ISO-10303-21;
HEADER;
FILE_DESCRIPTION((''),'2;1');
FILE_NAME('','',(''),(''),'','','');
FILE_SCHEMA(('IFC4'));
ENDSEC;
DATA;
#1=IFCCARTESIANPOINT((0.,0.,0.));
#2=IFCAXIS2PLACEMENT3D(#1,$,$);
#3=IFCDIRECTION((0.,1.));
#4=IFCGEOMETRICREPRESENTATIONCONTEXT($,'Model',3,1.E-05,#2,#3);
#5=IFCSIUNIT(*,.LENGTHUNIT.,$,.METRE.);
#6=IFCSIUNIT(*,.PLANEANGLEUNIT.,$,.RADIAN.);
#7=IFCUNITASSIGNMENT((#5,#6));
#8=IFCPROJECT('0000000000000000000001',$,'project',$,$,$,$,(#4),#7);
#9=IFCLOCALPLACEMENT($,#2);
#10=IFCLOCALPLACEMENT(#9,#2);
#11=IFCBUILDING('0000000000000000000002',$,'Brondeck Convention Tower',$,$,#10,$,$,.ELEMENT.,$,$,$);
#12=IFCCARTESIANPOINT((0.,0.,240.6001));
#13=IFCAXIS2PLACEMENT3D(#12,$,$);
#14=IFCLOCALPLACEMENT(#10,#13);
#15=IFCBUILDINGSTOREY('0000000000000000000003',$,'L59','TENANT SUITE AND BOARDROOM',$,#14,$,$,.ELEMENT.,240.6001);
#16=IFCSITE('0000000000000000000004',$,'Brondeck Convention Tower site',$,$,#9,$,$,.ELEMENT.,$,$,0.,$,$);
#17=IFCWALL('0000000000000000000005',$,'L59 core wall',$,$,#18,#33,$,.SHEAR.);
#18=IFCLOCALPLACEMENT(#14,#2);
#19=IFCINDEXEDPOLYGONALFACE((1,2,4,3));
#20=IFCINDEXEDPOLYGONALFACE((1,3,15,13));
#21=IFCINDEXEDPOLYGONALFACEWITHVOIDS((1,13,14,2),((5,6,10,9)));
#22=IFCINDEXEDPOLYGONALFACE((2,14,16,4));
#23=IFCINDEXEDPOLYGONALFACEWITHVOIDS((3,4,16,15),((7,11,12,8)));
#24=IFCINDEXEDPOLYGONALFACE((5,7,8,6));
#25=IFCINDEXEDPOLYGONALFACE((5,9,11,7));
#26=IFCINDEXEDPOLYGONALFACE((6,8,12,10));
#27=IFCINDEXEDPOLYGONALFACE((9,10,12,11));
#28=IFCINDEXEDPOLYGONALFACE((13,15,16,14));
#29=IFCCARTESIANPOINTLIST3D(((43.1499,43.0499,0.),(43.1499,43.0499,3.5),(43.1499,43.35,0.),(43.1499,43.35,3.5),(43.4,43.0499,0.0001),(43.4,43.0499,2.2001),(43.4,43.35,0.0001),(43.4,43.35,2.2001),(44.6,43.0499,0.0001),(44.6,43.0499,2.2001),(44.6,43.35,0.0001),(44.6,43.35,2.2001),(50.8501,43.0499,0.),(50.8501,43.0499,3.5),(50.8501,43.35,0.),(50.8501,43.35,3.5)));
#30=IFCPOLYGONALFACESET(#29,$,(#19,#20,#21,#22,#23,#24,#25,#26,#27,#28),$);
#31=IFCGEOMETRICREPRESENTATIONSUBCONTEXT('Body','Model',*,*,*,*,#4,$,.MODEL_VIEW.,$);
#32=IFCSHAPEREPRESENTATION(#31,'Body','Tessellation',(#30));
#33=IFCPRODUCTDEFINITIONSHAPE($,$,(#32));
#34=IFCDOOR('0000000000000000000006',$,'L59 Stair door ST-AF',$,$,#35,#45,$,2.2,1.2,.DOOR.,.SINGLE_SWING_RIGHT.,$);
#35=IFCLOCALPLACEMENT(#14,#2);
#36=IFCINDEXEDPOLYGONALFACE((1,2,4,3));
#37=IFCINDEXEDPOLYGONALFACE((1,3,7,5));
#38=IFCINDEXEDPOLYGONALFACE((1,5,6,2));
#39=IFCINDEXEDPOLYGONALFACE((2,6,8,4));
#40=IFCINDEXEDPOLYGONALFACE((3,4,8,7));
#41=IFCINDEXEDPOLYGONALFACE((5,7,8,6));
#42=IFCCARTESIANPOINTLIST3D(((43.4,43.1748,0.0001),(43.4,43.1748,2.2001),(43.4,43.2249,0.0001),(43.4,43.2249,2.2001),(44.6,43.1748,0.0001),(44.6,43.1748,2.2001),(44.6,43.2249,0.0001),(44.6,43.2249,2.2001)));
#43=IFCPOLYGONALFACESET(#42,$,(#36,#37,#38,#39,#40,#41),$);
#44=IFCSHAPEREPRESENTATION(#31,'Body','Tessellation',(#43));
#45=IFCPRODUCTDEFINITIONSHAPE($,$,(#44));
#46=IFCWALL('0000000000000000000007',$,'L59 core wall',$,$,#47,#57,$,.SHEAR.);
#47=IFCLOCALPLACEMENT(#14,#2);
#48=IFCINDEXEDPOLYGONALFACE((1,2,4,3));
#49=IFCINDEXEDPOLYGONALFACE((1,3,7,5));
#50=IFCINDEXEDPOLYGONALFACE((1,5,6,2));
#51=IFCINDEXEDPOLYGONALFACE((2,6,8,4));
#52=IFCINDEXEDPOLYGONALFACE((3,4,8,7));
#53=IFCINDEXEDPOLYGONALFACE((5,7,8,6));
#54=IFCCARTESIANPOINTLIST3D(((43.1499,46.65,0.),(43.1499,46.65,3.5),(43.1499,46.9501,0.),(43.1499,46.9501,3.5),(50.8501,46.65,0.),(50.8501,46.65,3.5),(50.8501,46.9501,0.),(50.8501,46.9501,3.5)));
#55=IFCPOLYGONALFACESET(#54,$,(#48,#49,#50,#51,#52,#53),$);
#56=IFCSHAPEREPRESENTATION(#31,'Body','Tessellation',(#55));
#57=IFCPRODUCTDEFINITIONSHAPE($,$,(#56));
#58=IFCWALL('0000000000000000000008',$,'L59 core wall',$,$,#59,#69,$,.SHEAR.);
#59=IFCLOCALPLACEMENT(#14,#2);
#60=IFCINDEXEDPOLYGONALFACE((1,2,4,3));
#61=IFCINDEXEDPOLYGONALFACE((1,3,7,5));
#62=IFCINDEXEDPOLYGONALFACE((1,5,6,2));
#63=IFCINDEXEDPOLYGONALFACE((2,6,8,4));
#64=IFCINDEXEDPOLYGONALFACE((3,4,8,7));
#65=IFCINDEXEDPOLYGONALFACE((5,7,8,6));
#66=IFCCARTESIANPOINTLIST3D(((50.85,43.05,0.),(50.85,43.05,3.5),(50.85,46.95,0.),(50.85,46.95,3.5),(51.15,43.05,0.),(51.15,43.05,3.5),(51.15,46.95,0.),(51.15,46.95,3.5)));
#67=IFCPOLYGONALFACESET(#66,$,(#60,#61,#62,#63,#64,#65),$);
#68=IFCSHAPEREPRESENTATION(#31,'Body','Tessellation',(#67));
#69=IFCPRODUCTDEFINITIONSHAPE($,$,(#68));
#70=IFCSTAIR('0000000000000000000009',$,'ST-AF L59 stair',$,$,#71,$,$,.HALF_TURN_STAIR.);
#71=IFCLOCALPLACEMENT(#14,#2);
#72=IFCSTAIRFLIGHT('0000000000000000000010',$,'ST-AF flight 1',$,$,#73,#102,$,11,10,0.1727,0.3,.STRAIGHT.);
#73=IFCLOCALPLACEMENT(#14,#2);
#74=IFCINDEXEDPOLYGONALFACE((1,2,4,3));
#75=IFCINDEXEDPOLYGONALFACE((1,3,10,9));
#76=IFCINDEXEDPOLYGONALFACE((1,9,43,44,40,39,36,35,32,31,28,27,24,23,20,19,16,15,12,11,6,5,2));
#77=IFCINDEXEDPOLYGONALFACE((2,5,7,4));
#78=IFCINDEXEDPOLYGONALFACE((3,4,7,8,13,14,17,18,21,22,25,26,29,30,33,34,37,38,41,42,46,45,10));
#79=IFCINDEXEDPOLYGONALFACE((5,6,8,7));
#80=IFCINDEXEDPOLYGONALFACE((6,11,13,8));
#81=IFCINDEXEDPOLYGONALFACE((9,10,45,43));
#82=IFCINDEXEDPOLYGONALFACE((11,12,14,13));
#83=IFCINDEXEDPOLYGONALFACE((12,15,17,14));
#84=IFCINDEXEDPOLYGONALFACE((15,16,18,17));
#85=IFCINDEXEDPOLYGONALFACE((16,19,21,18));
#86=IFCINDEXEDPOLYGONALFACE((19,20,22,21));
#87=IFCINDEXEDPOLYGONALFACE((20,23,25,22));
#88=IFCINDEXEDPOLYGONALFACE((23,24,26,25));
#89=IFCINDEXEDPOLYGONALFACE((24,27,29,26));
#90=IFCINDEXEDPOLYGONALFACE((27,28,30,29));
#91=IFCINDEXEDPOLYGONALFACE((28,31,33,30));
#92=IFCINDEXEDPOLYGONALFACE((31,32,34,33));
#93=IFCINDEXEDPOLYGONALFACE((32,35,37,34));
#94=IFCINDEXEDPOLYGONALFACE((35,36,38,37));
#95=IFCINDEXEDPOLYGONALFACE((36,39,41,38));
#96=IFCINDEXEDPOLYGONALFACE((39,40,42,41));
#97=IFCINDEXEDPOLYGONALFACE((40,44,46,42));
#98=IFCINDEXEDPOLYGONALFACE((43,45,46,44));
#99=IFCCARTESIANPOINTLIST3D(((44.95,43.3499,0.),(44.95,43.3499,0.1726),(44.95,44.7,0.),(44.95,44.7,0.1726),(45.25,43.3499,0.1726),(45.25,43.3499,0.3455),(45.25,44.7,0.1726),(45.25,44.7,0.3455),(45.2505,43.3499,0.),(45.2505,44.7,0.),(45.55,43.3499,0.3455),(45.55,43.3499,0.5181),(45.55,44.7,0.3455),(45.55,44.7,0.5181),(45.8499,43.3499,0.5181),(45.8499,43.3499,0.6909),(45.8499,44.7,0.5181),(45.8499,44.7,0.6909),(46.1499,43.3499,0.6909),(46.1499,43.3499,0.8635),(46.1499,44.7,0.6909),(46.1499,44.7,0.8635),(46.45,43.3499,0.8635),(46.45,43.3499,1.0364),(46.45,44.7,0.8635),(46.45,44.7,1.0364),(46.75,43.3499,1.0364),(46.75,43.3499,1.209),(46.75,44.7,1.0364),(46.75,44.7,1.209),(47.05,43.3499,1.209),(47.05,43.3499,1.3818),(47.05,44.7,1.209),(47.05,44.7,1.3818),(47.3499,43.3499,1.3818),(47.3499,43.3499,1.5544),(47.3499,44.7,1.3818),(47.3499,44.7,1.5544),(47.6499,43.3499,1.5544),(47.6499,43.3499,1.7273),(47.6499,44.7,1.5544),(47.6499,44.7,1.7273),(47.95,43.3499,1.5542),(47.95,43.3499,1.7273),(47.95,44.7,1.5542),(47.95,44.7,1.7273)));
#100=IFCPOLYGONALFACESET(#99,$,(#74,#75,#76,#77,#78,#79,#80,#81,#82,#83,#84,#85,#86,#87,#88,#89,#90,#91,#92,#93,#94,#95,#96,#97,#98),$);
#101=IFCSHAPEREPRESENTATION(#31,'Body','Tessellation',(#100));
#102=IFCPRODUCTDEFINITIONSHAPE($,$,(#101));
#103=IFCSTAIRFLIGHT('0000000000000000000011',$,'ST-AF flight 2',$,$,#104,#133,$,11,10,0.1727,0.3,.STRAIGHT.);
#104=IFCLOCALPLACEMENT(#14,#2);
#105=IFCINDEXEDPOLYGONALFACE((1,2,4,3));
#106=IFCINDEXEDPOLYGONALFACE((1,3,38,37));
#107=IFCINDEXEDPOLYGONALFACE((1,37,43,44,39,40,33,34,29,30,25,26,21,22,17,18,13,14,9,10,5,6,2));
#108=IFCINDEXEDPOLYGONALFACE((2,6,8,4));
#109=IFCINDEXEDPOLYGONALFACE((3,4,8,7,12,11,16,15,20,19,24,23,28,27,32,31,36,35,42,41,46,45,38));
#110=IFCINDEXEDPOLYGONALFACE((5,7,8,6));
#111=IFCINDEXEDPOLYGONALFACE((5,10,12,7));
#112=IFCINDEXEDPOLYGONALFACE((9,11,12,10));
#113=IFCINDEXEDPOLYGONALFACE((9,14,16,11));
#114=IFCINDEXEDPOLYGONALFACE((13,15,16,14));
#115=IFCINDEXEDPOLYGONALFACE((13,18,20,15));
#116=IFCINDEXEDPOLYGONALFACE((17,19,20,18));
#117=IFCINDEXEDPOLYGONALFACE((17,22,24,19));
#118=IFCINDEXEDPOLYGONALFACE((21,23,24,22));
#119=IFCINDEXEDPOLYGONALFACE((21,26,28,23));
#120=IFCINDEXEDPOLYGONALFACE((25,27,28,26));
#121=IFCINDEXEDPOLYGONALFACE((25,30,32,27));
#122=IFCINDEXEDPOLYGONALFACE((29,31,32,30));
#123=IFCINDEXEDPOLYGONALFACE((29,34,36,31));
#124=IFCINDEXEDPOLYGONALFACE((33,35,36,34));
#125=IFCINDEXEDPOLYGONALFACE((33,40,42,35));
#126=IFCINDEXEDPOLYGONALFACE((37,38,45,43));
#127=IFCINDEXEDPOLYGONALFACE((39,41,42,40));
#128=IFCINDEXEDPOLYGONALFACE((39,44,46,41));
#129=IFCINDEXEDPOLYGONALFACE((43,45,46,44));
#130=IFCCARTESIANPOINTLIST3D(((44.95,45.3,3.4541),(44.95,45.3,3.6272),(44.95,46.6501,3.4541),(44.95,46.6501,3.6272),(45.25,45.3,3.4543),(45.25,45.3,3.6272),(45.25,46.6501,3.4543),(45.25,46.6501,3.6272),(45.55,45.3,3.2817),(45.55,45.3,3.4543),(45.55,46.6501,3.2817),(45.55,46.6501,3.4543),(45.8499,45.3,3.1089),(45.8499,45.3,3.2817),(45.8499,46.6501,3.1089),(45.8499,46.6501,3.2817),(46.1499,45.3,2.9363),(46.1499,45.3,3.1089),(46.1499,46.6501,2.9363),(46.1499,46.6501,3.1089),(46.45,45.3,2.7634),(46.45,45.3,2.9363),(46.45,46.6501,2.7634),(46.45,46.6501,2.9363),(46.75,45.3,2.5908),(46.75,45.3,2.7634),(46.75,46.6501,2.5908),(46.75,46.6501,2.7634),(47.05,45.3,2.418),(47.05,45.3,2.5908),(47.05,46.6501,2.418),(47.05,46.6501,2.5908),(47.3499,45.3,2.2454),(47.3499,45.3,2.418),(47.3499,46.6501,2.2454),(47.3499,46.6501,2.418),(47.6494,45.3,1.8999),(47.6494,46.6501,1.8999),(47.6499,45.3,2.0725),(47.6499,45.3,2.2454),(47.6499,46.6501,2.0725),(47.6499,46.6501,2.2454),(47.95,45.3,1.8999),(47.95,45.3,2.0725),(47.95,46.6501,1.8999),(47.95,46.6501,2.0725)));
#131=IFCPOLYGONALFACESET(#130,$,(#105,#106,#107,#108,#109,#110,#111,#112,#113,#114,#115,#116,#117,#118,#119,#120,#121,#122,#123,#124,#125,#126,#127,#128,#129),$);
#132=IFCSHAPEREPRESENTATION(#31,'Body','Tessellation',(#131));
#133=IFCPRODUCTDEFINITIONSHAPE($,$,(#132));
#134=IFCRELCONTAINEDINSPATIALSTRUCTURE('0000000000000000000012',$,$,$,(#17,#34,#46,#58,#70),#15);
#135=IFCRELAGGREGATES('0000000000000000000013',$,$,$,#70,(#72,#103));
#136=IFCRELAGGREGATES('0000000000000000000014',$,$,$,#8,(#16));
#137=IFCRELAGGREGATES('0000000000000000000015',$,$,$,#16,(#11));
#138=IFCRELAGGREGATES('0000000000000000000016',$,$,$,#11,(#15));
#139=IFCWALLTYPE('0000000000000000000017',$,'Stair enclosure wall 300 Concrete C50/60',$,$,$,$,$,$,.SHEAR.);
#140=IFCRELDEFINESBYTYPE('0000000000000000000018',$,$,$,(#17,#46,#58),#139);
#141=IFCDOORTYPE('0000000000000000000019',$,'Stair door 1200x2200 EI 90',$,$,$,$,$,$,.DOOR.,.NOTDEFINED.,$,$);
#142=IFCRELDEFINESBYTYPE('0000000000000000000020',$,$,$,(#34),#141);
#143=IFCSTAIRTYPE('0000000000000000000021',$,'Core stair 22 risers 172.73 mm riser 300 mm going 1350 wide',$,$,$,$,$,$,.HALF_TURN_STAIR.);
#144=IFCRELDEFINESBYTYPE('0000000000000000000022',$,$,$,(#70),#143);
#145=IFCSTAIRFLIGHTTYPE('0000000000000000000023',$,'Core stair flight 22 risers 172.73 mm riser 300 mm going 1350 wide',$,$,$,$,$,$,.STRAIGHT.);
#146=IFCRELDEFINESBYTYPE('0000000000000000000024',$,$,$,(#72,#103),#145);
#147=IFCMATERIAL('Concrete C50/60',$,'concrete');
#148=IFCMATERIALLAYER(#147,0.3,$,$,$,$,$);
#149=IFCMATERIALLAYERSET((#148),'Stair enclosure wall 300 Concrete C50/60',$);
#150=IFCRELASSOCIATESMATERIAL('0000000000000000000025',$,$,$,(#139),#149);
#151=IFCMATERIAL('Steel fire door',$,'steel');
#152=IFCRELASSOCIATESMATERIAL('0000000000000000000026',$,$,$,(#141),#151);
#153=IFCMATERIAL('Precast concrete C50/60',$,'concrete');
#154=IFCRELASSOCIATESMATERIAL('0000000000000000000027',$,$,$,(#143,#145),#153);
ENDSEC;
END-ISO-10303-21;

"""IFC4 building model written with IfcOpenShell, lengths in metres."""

from ifc_helpers import new_model, si_unit, direction, frame, frame_2d, origin, place, context, subcontext, project, spatial, polyline, rectangle, outline, extrude, material, layer, layer_set, type_object, element, fill, aggregate, save


model = new_model("IFC4")

# Units and contexts
model_context = context("Model", 3, precision=1e-05, world=origin(), true_north=direction((0.0, 1.0)))
body_context = subcontext(model_context, "Body", "Model", "MODEL_VIEW")
ifc_project = project(units=[si_unit("LENGTHUNIT", "METRE"), si_unit("PLANEANGLEUNIT", "RADIAN")], contexts=[model_context])

# Site, building, storey
site_placement = place(None, origin())
site = spatial("IfcSite", under=ifc_project, at=site_placement, Name="Brondeck Convention Tower site", CompositionType="ELEMENT", RefElevation=0.0)
building_placement = place(site_placement, origin())
building = spatial("IfcBuilding", under=site, at=building_placement, Name="Brondeck Convention Tower", CompositionType="ELEMENT")
storey_placement = place(building_placement, frame((0.0, 0.0, 240.6001)))
storey = spatial("IfcBuildingStorey", under=building, at=storey_placement, Name="L59", Description="TENANT SUITE AND BOARDROOM", CompositionType="ELEMENT", Elevation=240.6001)

# Shared definitions
ifc_material_1 = material(Name="Concrete C50/60", Category="concrete")

# Wall, opening, door
ifc_layer_1 = layer(ifc_material_1, 0.3)
ifc_layer_set_1 = layer_set([ifc_layer_1], Name="Stair enclosure wall 300 Concrete C50/60")
wall_type_1 = type_object("IfcWallType", Name="Stair enclosure wall 300 Concrete C50/60", PredefinedType="SHEAR", material=ifc_layer_set_1)
wall_1_placement = place(storey_placement, frame((43.1499, 43.2, 0.0), z_axis=(0.0, 0.0, 1.0), x_axis=(1.0, 0.0, 0.0)))
wall_1 = element("IfcWall", 1, at=wall_1_placement, inside=storey, type_object=wall_type_1, Name="L59 core wall", PredefinedType="SHEAR", context=body_context, shape_type="SweptSolid", body=[
    extrude(rectangle(XDim=7.7002, YDim=0.3, at=frame_2d((3.8501, 0.0))), origin(), (0.0, 0.0, 1.0), 3.5),
])
opening_placement = place(wall_1_placement, frame((0.25, 0.0, 0.0)))
opening = element("IfcOpeningElement", 2, at=opening_placement, cuts=wall_1, PredefinedType="OPENING", context=body_context, shape_type="SweptSolid", body=[
    extrude(rectangle(XDim=1.2, YDim=2.2, at=frame_2d((0.6001, 1.1001))), frame((0.0, 0.1599, 0.0), z_axis=(0.0, -1.0, 0.0), x_axis=(1.0, 0.0, 0.0)), (0.0, 0.0, 1.0), 0.3201),
])
ifc_material_2 = material(Name="Steel fire door", Category="steel")
door_type = type_object("IfcDoorType", Name="Stair door 1200x2200 EI 90", OperationType="NOTDEFINED", PredefinedType="DOOR", material=ifc_material_2)
door_placement = place(opening_placement, origin())
door = element("IfcDoor", 3, at=door_placement, inside=storey, type_object=door_type, Name="L59 Stair door ST-AF", OperationType="SINGLE_SWING_RIGHT", OverallHeight=2.2, OverallWidth=1.2, PredefinedType="DOOR", context=body_context, shape_type="SweptSolid", body=[
    extrude(rectangle(XDim=1.2, YDim=2.2, at=frame_2d((0.6001, 1.1001))), frame((0.0, 0.0249, 0.0), z_axis=(0.0, -1.0, 0.0), x_axis=(1.0, 0.0, 0.0)), (0.0, 0.0, 1.0), 0.05),
])
fill(opening, door)

# Walls
wall_2_placement = place(storey_placement, frame((43.1499, 46.8, 0.0), z_axis=(0.0, 0.0, 1.0), x_axis=(1.0, 0.0, 0.0)))
element("IfcWall", 4, at=wall_2_placement, inside=storey, type_object=wall_type_1, Name="L59 core wall", PredefinedType="SHEAR", context=body_context, shape_type="SweptSolid", body=[
    extrude(rectangle(XDim=7.7002, YDim=0.3, at=frame_2d((3.8501, 0.0))), origin(), (0.0, 0.0, 1.0), 3.5),
])
wall_3_placement = place(storey_placement, frame((51.0, 43.05, 0.0), z_axis=(0.0, 0.0, 1.0), x_axis=(0.0, 1.0, 0.0)))
element("IfcWall", 5, at=wall_3_placement, inside=storey, type_object=wall_type_1, Name="L59 core wall", PredefinedType="SHEAR", context=body_context, shape_type="SweptSolid", body=[
    extrude(rectangle(XDim=3.8999, YDim=0.3, at=frame_2d((1.95, 0.0))), origin(), (0.0, 0.0, 1.0), 3.5),
])

# Stair, stair flights
ifc_material_3 = material(Name="Precast concrete C50/60", Category="concrete")
stair_type = type_object("IfcStairType", Name="Core stair 22 risers 172.73 mm riser 300 mm going 1350 wide", PredefinedType="HALF_TURN_STAIR", material=ifc_material_3)
stair_placement = place(storey_placement, origin())
stair = element("IfcStair", 6, at=stair_placement, inside=storey, type_object=stair_type, Name="ST-AF L59 stair", PredefinedType="HALF_TURN_STAIR")
stair_flight_type = type_object("IfcStairFlightType", Name="Core stair flight 22 risers 172.73 mm riser 300 mm going 1350 wide", PredefinedType="STRAIGHT", material=ifc_material_3)
stair_flight_1_placement = place(storey_placement, frame((44.95, 44.0249, 0.0), z_axis=(0.0, 0.0, 1.0), x_axis=(1.0, 0.0, 0.0)))
stair_flight_1 = element("IfcStairFlight", 7, at=stair_flight_1_placement, type_object=stair_flight_type, Name="ST-AF flight 1", NumberOfRisers=11, NumberOfTreads=10, PredefinedType="STRAIGHT", RiserHeight=0.1727, TreadLength=0.3, context=body_context, shape_type="SweptSolid", body=[
    extrude(outline(polyline([(0.0, 0.0), (0.0, 0.1726), (0.3, 0.1726), (0.3, 0.3455), (0.6001, 0.3455), (0.6001, 0.5181), (0.8999, 0.5181), (0.8999, 0.6909), (1.2, 0.6909), (1.2, 0.8635), (1.5, 0.8635), (1.5, 1.0364), (1.8, 1.0364), (1.8, 1.209), (2.1001, 1.209), (2.1001, 1.3818), (2.3999, 1.3818), (2.3999, 1.5544), (2.7, 1.5544), (2.7, 1.7273), (3.0, 1.7273), (3.0, 1.8999), (3.0, 1.5542), (0.3005, 0.0), (0.0, 0.0)])), frame((0.0, 0.675, 0.0), z_axis=(0.0, -1.0, 0.0), x_axis=(1.0, 0.0, 0.0)), (0.0, 0.0, 1.0), 1.3501),
])
stair_flight_2_placement = place(storey_placement, frame((47.95, 45.9751, 1.8999), z_axis=(0.0, 0.0, 1.0), x_axis=(-1.0, 0.0, 0.0)))
stair_flight_2 = element("IfcStairFlight", 8, at=stair_flight_2_placement, type_object=stair_flight_type, Name="ST-AF flight 2", NumberOfRisers=11, NumberOfTreads=10, PredefinedType="STRAIGHT", RiserHeight=0.1727, TreadLength=0.3, context=body_context, shape_type="SweptSolid", body=[
    extrude(outline(polyline([(0.0, 0.0), (0.0, 0.1726), (0.3, 0.1726), (0.3, 0.3455), (0.6001, 0.3455), (0.6001, 0.5181), (0.8999, 0.5181), (0.8999, 0.6909), (1.2, 0.6909), (1.2, 0.8635), (1.5, 0.8635), (1.5, 1.0364), (1.8, 1.0364), (1.8, 1.209), (2.1001, 1.209), (2.1001, 1.3818), (2.3999, 1.3818), (2.3999, 1.5544), (2.7, 1.5544), (2.7, 1.7273), (3.0, 1.7273), (3.0, 1.8999), (3.0, 1.5542), (0.3005, 0.0), (0.0, 0.0)])), frame((0.0, 0.675, 0.0), z_axis=(0.0, -1.0, 0.0), x_axis=(1.0, 0.0, 0.0)), (0.0, 0.0, 1.0), 1.3501),
])
aggregate(stair, [stair_flight_1, stair_flight_2])

save(model, "model.ifc")
